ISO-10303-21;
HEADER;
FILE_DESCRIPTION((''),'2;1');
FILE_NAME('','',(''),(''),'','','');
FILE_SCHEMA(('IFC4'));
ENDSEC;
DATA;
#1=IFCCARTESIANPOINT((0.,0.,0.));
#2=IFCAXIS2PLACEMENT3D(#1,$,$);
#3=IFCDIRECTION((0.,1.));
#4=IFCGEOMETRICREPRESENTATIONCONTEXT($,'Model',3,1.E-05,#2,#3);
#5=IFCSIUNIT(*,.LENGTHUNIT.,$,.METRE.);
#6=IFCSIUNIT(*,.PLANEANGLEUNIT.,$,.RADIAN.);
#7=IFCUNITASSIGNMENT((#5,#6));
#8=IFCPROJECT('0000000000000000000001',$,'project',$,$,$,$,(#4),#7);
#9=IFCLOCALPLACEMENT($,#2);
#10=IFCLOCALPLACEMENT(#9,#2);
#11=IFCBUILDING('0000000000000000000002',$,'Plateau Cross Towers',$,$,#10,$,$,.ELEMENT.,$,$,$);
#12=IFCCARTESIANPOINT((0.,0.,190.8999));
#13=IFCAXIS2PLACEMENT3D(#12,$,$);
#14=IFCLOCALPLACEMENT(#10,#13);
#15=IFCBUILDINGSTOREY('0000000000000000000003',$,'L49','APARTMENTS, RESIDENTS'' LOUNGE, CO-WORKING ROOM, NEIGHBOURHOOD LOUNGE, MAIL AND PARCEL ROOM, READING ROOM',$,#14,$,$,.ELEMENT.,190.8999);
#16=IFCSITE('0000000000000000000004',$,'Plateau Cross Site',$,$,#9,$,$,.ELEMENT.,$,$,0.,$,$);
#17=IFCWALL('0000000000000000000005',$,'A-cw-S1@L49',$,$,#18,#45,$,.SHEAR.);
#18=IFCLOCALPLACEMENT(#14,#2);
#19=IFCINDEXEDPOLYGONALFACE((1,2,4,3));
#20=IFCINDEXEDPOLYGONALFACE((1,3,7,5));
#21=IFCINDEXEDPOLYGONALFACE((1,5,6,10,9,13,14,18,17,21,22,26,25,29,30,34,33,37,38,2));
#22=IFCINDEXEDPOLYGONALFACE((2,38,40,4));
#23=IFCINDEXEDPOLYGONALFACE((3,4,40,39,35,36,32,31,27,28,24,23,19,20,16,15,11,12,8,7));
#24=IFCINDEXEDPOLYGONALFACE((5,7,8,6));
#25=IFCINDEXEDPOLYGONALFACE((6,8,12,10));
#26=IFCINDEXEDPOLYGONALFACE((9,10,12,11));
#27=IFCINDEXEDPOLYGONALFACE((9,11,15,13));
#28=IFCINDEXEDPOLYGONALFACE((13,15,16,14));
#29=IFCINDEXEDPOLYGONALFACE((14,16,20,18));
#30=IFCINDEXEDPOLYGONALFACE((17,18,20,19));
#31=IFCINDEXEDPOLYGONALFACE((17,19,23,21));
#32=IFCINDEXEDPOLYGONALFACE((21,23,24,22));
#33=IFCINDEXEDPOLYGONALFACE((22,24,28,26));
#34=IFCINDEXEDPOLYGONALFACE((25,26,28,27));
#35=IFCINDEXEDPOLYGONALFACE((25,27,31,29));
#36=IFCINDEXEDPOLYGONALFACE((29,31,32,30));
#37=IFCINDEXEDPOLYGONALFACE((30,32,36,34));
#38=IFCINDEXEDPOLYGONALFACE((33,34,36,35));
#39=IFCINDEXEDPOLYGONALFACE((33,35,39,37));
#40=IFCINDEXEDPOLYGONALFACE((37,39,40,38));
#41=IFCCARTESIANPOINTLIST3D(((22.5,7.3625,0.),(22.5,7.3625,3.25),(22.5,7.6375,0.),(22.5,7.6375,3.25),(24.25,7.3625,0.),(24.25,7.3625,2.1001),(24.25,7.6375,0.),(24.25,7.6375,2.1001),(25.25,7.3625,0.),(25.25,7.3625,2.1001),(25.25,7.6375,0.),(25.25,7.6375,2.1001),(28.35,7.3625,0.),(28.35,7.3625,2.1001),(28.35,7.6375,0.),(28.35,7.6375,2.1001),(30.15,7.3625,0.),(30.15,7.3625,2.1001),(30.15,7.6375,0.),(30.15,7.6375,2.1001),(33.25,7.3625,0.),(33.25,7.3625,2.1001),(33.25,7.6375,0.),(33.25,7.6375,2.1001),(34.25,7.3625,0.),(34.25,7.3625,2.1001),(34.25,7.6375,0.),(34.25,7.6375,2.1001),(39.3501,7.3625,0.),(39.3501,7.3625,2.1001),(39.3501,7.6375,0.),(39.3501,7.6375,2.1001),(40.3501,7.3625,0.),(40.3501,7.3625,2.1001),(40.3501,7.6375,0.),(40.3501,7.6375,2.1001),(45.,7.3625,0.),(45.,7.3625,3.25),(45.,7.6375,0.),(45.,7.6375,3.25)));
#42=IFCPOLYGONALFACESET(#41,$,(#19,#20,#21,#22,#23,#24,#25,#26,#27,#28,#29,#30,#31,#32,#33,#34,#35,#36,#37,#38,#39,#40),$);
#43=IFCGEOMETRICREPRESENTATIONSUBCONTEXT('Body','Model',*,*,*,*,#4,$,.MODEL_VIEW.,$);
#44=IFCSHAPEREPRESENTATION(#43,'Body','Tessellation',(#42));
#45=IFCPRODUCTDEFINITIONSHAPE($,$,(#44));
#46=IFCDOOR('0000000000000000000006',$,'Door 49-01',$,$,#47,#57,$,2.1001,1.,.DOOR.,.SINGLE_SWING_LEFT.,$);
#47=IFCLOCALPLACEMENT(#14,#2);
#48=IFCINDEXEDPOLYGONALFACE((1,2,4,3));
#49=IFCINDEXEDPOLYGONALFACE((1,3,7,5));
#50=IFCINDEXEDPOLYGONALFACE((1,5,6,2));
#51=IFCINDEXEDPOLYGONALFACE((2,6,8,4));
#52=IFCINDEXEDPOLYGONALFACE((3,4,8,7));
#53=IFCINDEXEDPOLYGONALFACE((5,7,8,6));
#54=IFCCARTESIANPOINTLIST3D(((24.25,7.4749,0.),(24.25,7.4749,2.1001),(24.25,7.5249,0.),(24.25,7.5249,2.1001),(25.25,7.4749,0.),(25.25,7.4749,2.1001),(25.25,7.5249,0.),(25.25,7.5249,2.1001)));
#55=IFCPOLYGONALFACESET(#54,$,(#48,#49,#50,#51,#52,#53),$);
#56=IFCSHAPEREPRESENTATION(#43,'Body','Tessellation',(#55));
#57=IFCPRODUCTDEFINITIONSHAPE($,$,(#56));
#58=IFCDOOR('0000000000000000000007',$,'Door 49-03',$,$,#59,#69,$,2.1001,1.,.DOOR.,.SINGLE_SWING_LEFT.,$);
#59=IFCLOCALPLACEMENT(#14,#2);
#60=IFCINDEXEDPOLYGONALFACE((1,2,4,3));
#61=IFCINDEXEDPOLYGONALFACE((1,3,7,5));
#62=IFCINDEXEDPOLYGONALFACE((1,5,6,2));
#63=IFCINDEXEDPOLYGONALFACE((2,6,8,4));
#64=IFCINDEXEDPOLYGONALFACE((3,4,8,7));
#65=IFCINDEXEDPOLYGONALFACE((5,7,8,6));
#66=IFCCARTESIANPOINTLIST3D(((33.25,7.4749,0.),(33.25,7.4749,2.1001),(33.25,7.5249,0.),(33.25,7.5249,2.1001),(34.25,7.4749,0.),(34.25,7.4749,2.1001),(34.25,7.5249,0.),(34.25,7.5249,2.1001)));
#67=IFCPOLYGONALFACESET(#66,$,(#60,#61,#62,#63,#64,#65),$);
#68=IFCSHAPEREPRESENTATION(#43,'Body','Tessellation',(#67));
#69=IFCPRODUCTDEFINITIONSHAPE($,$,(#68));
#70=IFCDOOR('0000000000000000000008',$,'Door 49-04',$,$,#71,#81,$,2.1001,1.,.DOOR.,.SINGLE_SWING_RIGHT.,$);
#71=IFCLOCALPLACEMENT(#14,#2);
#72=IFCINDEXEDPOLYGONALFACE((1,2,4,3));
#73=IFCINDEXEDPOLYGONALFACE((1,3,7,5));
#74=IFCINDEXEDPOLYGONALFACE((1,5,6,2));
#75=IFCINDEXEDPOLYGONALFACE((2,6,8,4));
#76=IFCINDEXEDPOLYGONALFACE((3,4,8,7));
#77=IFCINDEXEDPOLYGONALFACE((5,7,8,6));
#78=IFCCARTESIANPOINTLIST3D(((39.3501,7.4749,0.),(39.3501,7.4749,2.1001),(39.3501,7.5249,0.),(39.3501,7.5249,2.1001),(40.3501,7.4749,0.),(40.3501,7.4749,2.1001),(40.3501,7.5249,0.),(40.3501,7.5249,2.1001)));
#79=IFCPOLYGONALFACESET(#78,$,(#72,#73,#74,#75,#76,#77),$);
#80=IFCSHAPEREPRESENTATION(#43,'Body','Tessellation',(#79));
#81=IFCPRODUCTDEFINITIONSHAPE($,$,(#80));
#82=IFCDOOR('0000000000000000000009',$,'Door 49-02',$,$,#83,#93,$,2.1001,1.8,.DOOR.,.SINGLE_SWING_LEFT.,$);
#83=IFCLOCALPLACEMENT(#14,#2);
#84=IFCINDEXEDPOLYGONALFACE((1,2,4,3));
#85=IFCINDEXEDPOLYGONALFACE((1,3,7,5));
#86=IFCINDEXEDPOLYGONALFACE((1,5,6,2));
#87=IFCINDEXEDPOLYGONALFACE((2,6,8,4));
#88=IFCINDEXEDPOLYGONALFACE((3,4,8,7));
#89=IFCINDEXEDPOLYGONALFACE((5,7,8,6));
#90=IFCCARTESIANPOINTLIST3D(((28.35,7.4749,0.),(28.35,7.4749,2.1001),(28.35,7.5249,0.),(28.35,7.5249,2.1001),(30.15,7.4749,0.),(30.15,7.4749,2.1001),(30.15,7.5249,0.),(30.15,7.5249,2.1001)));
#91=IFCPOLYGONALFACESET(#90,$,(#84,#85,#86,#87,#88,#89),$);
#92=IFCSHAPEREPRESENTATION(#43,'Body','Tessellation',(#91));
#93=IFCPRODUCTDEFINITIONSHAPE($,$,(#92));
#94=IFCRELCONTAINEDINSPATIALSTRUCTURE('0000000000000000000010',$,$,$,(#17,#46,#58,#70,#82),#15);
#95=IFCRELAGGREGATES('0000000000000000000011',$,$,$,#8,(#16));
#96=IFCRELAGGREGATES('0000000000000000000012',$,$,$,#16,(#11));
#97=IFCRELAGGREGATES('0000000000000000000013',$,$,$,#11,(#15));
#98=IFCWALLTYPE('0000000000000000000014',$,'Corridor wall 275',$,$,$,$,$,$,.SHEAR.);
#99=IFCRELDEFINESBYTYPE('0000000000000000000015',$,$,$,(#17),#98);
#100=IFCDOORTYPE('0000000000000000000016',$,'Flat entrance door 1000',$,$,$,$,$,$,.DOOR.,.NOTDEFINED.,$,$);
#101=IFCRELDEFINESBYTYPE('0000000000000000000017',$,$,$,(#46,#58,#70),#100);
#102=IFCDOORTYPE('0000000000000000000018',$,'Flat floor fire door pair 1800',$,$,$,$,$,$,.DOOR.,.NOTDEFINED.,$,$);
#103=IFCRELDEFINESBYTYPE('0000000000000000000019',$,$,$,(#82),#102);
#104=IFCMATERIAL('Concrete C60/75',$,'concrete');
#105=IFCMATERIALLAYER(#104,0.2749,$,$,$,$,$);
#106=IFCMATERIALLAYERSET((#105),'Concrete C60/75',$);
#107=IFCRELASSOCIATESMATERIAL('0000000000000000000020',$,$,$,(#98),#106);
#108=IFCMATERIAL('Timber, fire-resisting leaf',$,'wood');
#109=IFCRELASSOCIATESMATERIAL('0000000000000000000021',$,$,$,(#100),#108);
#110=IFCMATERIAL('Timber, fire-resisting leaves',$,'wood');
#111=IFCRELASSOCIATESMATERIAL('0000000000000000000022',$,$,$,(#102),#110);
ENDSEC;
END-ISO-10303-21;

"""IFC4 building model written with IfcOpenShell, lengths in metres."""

from ifc_helpers import new_model, si_unit, direction, frame, frame_2d, origin, place, context, subcontext, project, spatial, rectangle, extrude, material, layer, layer_set, type_object, element, fill, save


model = new_model("IFC4")

# Units and contexts
model_context = context("Model", 3, precision=1e-05, world=origin(), true_north=direction((0.0, 1.0)))
body_context = subcontext(model_context, "Body", "Model", "MODEL_VIEW")
ifc_project = project(units=[si_unit("LENGTHUNIT", "METRE"), si_unit("PLANEANGLEUNIT", "RADIAN")], contexts=[model_context])

# Site, building, storey
site_placement = place(None, origin())
site = spatial("IfcSite", under=ifc_project, at=site_placement, Name="Plateau Cross Site", CompositionType="ELEMENT", RefElevation=0.0)
building_placement = place(site_placement, origin())
building = spatial("IfcBuilding", under=site, at=building_placement, Name="Plateau Cross Towers", CompositionType="ELEMENT")
storey_placement = place(building_placement, frame((0.0, 0.0, 190.8999)))
storey = spatial("IfcBuildingStorey", under=building, at=storey_placement, Name="L49", Description="APARTMENTS, RESIDENTS' LOUNGE, CO-WORKING ROOM, NEIGHBOURHOOD LOUNGE, MAIL AND PARCEL ROOM, READING ROOM", CompositionType="ELEMENT", Elevation=190.8999)

# Shared definitions
ifc_material_1 = material(Name="Concrete C60/75", Category="concrete")

# Wall, openings, doors
ifc_layer_1 = layer(ifc_material_1, 0.2749)
ifc_layer_set_1 = layer_set([ifc_layer_1], Name="Concrete C60/75")
wall_type_1 = type_object("IfcWallType", Name="Corridor wall 275", PredefinedType="SHEAR", material=ifc_layer_set_1)
wall_1_placement = place(storey_placement, frame((22.5, 7.5, 0.0), z_axis=(0.0, 0.0, 1.0), x_axis=(1.0, 0.0, 0.0)))
wall_1 = element("IfcWall", 1, at=wall_1_placement, inside=storey, type_object=wall_type_1, Name="A-cw-S1@L49", PredefinedType="SHEAR", context=body_context, shape_type="SweptSolid", body=[
    extrude(rectangle(XDim=22.5, YDim=0.2749, at=frame_2d((11.25, 0.0))), origin(), (0.0, 0.0, 1.0), 3.25),
])
opening_1_placement = place(wall_1_placement, frame((1.75, 0.0, 0.0)))
opening_1 = element("IfcOpeningElement", 2, at=opening_1_placement, cuts=wall_1, PredefinedType="OPENING", context=body_context, shape_type="SweptSolid", body=[
    extrude(rectangle(XDim=1.0, YDim=2.1001, at=frame_2d((0.5, 1.05))), frame((0.0, 0.1475, 0.0), z_axis=(0.0, -1.0, 0.0), x_axis=(1.0, 0.0, 0.0)), (0.0, 0.0, 1.0), 0.2949),
])
opening_2_placement = place(wall_1_placement, frame((5.8501, 0.0, 0.0)))
opening_2 = element("IfcOpeningElement", 3, at=opening_2_placement, cuts=wall_1, PredefinedType="OPENING", context=body_context, shape_type="SweptSolid", body=[
    extrude(rectangle(XDim=1.8, YDim=2.1001, at=frame_2d((0.8999, 1.05))), frame((0.0, 0.1475, 0.0), z_axis=(0.0, -1.0, 0.0), x_axis=(1.0, 0.0, 0.0)), (0.0, 0.0, 1.0), 0.2949),
])
opening_3_placement = place(wall_1_placement, frame((10.75, 0.0, 0.0)))
opening_3 = element("IfcOpeningElement", 4, at=opening_3_placement, cuts=wall_1, PredefinedType="OPENING", context=body_context, shape_type="SweptSolid", body=[
    extrude(rectangle(XDim=1.0, YDim=2.1001, at=frame_2d((0.5, 1.05))), frame((0.0, 0.1475, 0.0), z_axis=(0.0, -1.0, 0.0), x_axis=(1.0, 0.0, 0.0)), (0.0, 0.0, 1.0), 0.2949),
])
opening_4_placement = place(wall_1_placement, frame((16.8501, 0.0, 0.0)))
opening_4 = element("IfcOpeningElement", 5, at=opening_4_placement, cuts=wall_1, PredefinedType="OPENING", context=body_context, shape_type="SweptSolid", body=[
    extrude(rectangle(XDim=1.0, YDim=2.1001, at=frame_2d((0.5, 1.05))), frame((0.0, 0.1475, 0.0), z_axis=(0.0, -1.0, 0.0), x_axis=(1.0, 0.0, 0.0)), (0.0, 0.0, 1.0), 0.2949),
])
ifc_material_2 = material(Name="Timber, fire-resisting leaf", Category="wood")
door_type_1 = type_object("IfcDoorType", Name="Flat entrance door 1000", OperationType="NOTDEFINED", PredefinedType="DOOR", material=ifc_material_2)
door_1_placement = place(opening_1_placement, origin())
door_1 = element("IfcDoor", 6, at=door_1_placement, inside=storey, type_object=door_type_1, Name="Door 49-01", OperationType="SINGLE_SWING_LEFT", OverallHeight=2.1001, OverallWidth=1.0, PredefinedType="DOOR", context=body_context, shape_type="SweptSolid", body=[
    extrude(rectangle(XDim=1.0, YDim=2.1001, at=frame_2d((0.5, 1.05))), frame((0.0, 0.0249, 0.0), z_axis=(0.0, -1.0, 0.0), x_axis=(1.0, 0.0, 0.0)), (0.0, 0.0, 1.0), 0.05),
])
fill(opening_1, door_1)
door_2_placement = place(opening_3_placement, origin())
door_2 = element("IfcDoor", 7, at=door_2_placement, inside=storey, type_object=door_type_1, Name="Door 49-03", OperationType="SINGLE_SWING_LEFT", OverallHeight=2.1001, OverallWidth=1.0, PredefinedType="DOOR", context=body_context, shape_type="SweptSolid", body=[
    extrude(rectangle(XDim=1.0, YDim=2.1001, at=frame_2d((0.5, 1.05))), frame((0.0, 0.0249, 0.0), z_axis=(0.0, -1.0, 0.0), x_axis=(1.0, 0.0, 0.0)), (0.0, 0.0, 1.0), 0.05),
])
fill(opening_3, door_2)
door_3_placement = place(opening_4_placement, origin())
door_3 = element("IfcDoor", 8, at=door_3_placement, inside=storey, type_object=door_type_1, Name="Door 49-04", OperationType="SINGLE_SWING_RIGHT", OverallHeight=2.1001, OverallWidth=1.0, PredefinedType="DOOR", context=body_context, shape_type="SweptSolid", body=[
    extrude(rectangle(XDim=1.0, YDim=2.1001, at=frame_2d((0.5, 1.05))), frame((0.0, 0.0249, 0.0), z_axis=(0.0, -1.0, 0.0), x_axis=(1.0, 0.0, 0.0)), (0.0, 0.0, 1.0), 0.05),
])
fill(opening_4, door_3)
ifc_material_3 = material(Name="Timber, fire-resisting leaves", Category="wood")
door_type_2 = type_object("IfcDoorType", Name="Flat floor fire door pair 1800", OperationType="NOTDEFINED", PredefinedType="DOOR", material=ifc_material_3)
door_4_placement = place(opening_2_placement, origin())
door_4 = element("IfcDoor", 9, at=door_4_placement, inside=storey, type_object=door_type_2, Name="Door 49-02", OperationType="SINGLE_SWING_LEFT", OverallHeight=2.1001, OverallWidth=1.8, PredefinedType="DOOR", context=body_context, shape_type="SweptSolid", body=[
    extrude(rectangle(XDim=1.8, YDim=2.1001, at=frame_2d((0.8999, 1.05))), frame((0.0, 0.0249, 0.0), z_axis=(0.0, -1.0, 0.0), x_axis=(1.0, 0.0, 0.0)), (0.0, 0.0, 1.0), 0.05),
])
fill(opening_2, door_4)

save(model, "model.ifc")
